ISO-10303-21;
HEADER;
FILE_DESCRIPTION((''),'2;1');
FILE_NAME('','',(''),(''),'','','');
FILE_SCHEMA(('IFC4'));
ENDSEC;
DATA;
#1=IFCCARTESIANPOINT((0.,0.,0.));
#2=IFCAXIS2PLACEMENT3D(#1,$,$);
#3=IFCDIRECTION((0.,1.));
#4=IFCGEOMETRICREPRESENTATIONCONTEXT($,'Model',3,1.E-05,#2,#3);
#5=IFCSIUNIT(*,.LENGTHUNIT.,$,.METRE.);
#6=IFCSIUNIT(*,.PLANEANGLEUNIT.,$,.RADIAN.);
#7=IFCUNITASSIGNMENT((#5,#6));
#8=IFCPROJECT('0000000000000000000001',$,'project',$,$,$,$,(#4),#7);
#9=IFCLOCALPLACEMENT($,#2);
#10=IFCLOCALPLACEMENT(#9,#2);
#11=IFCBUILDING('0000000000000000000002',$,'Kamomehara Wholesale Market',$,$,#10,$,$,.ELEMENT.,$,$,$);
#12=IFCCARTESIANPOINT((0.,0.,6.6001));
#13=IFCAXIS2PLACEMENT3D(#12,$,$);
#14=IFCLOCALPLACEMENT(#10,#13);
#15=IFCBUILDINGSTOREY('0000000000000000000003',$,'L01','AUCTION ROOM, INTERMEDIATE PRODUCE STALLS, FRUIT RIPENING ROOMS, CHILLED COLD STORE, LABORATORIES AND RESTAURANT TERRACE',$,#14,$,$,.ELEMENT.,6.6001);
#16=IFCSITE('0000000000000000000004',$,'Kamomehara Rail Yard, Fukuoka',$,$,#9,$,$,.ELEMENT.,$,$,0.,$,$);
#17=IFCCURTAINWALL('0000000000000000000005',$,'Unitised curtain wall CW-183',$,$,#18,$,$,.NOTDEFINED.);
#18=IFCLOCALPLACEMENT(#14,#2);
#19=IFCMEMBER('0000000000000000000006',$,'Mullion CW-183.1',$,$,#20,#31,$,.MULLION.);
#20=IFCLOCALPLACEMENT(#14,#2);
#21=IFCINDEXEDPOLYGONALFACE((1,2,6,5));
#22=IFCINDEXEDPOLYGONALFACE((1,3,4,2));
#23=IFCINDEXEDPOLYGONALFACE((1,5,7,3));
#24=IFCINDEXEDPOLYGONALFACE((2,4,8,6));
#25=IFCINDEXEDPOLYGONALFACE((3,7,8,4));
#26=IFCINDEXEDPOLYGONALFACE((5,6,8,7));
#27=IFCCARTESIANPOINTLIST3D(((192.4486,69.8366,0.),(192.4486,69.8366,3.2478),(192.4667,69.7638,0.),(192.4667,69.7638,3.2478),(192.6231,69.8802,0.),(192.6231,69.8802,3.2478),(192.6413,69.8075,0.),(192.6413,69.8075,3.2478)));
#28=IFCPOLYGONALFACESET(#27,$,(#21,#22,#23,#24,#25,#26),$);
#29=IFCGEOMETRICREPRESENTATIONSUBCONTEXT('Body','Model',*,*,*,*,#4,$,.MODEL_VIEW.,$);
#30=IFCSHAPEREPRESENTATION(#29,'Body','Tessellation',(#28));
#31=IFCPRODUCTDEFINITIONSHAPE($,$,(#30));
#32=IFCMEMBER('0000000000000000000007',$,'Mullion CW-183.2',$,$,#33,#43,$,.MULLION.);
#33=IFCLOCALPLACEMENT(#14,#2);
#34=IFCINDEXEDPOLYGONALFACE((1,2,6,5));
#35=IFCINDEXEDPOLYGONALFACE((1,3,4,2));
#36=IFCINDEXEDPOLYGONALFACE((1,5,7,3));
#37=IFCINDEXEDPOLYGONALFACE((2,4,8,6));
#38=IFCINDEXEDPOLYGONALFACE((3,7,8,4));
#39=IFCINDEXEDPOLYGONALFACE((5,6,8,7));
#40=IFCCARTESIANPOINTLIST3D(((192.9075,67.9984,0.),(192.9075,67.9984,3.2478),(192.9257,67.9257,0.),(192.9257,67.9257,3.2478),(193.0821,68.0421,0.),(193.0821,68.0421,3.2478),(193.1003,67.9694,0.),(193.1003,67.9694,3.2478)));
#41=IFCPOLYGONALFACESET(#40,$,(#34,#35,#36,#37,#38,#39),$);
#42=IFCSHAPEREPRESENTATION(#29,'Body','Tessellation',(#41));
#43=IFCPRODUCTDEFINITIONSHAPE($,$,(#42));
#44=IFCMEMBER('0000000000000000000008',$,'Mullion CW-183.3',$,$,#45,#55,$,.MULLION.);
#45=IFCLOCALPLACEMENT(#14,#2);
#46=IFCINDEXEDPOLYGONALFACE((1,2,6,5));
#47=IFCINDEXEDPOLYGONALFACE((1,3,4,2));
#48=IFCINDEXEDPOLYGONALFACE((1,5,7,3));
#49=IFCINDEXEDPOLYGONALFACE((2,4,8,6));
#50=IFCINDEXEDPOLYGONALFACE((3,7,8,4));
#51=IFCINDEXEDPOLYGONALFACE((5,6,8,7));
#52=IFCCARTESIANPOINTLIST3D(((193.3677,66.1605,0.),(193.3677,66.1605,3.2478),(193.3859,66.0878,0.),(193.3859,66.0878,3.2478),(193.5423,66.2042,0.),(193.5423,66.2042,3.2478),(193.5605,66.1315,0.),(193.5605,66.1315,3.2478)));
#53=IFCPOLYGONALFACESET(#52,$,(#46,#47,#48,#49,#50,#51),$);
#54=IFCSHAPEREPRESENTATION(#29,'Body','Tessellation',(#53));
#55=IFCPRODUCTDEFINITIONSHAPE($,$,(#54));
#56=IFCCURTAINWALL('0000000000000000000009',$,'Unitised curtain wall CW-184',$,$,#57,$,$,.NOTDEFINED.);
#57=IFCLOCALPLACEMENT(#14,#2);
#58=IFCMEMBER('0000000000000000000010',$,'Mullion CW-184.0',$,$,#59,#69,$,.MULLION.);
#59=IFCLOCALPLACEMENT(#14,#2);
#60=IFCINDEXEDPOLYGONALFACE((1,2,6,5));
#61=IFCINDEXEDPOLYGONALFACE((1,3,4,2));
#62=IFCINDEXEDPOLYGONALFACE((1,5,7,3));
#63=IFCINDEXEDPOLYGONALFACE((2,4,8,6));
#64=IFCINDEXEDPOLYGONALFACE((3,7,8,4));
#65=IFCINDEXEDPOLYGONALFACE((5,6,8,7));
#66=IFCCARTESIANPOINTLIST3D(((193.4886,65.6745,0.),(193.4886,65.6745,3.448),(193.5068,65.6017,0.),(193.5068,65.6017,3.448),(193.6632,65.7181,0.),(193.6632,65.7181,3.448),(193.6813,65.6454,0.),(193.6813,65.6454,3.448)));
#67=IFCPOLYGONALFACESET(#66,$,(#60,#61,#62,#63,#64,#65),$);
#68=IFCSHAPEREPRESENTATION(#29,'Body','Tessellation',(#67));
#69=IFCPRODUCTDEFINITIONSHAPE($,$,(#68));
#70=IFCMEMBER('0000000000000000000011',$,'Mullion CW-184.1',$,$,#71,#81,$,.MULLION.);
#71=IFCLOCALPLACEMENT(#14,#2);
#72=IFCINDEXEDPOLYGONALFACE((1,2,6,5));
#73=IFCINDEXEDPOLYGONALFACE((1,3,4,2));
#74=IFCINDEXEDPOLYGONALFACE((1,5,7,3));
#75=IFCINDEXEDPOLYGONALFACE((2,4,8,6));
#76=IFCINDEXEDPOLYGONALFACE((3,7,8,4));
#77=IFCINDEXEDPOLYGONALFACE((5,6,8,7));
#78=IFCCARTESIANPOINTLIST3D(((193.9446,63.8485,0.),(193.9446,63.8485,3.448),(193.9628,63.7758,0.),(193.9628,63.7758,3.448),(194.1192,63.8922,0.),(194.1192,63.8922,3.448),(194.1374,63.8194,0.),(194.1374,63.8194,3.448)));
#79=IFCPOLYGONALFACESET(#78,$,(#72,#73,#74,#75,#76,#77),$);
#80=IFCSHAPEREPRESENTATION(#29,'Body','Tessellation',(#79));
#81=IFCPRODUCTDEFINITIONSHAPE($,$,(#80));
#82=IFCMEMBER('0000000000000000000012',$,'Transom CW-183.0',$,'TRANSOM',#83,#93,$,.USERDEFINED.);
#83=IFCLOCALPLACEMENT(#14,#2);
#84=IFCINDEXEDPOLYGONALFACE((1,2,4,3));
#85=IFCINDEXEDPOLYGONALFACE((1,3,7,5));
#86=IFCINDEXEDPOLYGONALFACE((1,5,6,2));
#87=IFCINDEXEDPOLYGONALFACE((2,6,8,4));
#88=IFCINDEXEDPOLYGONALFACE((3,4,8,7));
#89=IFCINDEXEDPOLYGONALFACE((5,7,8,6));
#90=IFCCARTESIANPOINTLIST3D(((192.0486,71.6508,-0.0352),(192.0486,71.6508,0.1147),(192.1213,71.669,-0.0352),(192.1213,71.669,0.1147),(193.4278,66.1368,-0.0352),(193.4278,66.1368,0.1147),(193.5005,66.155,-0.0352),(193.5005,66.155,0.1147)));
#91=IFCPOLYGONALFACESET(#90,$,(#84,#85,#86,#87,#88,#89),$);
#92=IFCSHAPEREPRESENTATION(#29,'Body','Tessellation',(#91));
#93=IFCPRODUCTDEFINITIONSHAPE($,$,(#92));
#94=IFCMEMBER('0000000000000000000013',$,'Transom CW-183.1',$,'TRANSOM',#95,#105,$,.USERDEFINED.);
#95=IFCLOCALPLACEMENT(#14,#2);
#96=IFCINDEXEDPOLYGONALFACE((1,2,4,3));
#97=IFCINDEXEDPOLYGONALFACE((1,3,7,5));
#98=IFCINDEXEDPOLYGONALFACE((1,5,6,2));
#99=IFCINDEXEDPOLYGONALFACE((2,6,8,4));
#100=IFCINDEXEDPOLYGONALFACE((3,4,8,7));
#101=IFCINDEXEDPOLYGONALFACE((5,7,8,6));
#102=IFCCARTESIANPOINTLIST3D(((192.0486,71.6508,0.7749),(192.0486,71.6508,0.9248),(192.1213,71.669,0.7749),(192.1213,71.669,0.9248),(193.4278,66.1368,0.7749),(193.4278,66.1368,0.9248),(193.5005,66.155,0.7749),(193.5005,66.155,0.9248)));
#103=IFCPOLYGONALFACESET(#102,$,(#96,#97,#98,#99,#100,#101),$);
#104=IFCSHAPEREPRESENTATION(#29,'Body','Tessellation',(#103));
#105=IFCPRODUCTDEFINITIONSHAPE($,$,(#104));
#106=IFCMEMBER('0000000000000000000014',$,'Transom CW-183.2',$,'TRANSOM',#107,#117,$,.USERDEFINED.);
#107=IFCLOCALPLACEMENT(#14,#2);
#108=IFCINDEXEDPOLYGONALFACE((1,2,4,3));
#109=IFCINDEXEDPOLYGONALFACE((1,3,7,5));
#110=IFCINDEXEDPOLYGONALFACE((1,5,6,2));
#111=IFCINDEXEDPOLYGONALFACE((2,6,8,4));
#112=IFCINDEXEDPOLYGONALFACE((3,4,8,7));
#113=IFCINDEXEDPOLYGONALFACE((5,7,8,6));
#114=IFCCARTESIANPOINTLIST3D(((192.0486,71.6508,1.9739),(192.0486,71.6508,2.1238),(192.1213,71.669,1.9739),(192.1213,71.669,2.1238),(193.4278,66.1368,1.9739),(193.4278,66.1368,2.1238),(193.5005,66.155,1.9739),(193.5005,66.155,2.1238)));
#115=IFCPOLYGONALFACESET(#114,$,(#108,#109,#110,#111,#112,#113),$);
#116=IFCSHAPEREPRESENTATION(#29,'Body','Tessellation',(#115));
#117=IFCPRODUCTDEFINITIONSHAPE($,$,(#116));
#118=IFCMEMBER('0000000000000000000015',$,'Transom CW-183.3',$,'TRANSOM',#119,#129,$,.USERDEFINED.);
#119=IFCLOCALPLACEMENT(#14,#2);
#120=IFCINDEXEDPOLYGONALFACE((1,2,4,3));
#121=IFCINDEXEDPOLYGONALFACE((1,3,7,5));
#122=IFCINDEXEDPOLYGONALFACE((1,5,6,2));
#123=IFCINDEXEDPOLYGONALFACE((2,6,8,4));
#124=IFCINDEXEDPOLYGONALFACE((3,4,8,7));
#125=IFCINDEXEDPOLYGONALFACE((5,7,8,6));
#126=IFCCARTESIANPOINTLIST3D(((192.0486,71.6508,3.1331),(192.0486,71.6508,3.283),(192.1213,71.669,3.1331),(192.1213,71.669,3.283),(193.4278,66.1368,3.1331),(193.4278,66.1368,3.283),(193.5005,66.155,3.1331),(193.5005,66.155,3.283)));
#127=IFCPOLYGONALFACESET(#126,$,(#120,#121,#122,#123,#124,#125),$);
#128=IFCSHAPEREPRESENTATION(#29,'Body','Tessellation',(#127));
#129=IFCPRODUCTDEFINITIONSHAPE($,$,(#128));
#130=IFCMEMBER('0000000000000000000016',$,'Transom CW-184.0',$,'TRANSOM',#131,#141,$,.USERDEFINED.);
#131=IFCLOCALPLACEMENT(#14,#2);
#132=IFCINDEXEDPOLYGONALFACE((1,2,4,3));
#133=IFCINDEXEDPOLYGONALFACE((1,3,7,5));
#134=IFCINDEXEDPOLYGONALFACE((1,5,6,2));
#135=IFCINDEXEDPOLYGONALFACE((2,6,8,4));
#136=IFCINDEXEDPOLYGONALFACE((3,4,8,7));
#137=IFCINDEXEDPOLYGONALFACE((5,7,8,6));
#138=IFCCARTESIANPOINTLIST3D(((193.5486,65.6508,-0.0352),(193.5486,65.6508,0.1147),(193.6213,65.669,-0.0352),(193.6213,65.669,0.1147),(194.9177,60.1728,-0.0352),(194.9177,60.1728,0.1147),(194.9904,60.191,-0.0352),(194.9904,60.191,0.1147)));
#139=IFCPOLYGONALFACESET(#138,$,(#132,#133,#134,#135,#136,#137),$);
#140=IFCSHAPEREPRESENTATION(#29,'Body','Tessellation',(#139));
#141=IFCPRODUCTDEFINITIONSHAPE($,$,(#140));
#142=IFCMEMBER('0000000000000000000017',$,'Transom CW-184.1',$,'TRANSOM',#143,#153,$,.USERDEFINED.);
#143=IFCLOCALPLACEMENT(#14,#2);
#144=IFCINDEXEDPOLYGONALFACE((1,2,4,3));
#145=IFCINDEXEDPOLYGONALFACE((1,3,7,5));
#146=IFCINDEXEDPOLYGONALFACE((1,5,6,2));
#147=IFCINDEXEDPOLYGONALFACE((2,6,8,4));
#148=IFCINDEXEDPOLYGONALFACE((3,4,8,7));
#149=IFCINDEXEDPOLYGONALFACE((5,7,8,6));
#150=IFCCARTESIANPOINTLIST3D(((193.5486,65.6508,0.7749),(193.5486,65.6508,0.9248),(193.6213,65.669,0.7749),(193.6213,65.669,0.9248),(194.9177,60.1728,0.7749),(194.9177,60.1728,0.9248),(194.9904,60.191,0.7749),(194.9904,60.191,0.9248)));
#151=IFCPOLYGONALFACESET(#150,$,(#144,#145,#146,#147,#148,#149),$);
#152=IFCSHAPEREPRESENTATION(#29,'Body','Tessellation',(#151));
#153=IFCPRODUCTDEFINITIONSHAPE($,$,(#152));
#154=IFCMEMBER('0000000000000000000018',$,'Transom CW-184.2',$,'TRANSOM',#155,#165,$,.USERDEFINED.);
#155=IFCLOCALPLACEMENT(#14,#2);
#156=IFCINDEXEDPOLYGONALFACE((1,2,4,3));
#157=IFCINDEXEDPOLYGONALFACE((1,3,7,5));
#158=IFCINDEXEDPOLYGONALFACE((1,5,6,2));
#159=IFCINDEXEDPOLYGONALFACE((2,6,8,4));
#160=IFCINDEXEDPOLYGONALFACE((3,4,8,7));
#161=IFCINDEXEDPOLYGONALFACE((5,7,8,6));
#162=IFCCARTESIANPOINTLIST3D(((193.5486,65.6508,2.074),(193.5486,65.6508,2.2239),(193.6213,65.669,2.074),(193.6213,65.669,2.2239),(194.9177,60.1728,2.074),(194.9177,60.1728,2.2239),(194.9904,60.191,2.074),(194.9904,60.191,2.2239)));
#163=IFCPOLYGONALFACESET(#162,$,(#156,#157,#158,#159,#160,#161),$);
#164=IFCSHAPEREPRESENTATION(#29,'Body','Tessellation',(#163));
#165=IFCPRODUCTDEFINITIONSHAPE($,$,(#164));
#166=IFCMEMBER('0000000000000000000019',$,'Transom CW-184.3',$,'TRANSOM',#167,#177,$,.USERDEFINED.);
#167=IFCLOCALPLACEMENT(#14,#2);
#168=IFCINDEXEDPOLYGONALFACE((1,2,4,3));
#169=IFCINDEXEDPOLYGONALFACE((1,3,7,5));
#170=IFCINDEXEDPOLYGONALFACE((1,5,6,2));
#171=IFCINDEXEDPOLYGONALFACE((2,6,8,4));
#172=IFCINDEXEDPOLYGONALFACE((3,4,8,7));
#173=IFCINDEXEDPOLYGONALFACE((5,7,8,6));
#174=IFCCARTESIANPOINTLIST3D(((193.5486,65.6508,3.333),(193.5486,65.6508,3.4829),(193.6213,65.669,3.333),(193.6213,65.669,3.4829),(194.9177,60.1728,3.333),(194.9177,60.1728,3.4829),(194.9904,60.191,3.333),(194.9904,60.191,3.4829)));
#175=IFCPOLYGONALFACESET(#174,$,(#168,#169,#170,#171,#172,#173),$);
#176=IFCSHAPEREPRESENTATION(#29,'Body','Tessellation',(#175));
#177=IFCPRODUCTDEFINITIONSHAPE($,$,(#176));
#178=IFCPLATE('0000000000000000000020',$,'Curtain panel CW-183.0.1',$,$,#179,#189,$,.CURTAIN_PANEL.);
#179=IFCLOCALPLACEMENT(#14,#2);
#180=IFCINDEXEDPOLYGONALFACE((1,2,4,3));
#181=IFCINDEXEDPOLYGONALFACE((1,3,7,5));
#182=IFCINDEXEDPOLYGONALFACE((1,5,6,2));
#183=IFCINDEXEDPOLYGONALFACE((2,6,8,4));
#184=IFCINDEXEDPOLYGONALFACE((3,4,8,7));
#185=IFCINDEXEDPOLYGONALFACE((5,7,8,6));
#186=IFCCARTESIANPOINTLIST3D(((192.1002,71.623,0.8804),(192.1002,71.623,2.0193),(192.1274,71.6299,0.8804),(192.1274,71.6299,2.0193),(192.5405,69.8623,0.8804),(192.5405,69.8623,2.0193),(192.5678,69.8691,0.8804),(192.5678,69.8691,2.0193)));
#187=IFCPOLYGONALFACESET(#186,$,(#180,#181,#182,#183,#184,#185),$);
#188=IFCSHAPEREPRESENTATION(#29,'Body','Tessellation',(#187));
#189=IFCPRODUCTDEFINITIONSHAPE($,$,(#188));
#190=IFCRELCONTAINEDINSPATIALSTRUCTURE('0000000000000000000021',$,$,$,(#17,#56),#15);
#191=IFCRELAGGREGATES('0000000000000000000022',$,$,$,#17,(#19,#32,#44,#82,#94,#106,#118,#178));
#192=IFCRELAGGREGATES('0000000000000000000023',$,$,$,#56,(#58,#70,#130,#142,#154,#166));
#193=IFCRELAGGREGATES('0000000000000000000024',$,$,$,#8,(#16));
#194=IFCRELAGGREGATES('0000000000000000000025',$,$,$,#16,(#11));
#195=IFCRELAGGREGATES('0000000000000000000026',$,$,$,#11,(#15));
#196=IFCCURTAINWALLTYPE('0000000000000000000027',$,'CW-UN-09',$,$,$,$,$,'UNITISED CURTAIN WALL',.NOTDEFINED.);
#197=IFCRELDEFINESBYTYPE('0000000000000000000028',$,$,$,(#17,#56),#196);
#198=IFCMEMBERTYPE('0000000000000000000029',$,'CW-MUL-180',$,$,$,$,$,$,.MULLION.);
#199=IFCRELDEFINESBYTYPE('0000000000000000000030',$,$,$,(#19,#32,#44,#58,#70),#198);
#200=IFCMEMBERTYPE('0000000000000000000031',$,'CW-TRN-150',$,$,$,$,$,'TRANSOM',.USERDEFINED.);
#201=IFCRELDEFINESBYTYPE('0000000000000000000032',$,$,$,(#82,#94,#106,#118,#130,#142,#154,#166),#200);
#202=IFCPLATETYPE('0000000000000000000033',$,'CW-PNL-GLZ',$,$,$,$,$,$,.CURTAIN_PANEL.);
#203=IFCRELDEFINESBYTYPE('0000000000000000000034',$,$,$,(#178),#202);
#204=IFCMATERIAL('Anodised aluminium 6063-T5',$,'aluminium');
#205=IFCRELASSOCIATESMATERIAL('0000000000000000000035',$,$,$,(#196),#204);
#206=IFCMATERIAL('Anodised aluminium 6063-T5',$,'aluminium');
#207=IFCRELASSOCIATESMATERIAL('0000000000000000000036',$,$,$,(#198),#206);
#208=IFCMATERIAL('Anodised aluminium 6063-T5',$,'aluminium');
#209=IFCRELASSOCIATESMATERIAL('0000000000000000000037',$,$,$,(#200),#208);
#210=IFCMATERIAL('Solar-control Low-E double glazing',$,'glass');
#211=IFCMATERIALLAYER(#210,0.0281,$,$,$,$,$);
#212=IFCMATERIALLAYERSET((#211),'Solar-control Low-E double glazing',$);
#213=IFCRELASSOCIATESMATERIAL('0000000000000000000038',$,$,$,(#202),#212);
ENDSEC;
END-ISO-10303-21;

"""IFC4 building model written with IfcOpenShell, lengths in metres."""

from ifc_helpers import new_model, si_unit, direction, frame, origin, origin_2d, place, context, subcontext, project, spatial, rectangle, extrude, material, layer, layer_set, material_profile, profile_set, type_object, element, aggregate, save


model = new_model("IFC4")

# Units and contexts
model_context = context("Model", 3, precision=1e-05, world=origin(), true_north=direction((0.0, 1.0)))
body_context = subcontext(model_context, "Body", "Model", "MODEL_VIEW")
ifc_project = project(units=[si_unit("LENGTHUNIT", "METRE"), si_unit("PLANEANGLEUNIT", "RADIAN")], contexts=[model_context])

# Site, building, storey
site_placement = place(None, origin())
site = spatial("IfcSite", under=ifc_project, at=site_placement, Name="Kamomehara Rail Yard, Fukuoka", CompositionType="ELEMENT", RefElevation=0.0)
building_placement = place(site_placement, origin())
building = spatial("IfcBuilding", under=site, at=building_placement, Name="Kamomehara Wholesale Market", CompositionType="ELEMENT")
storey_placement = place(building_placement, frame((0.0, 0.0, 6.6001)))
storey = spatial("IfcBuildingStorey", under=building, at=storey_placement, Name="L01", Description="AUCTION ROOM, INTERMEDIATE PRODUCE STALLS, FRUIT RIPENING ROOMS, CHILLED COLD STORE, LABORATORIES AND RESTAURANT TERRACE", CompositionType="ELEMENT", Elevation=6.6001)

# Curtain walls, members
ifc_material_1 = material(Name="Anodised aluminium 6063-T5", Category="aluminium")
curtain_wall_type = type_object("IfcCurtainWallType", Name="CW-UN-09", ElementType="UNITISED CURTAIN WALL", PredefinedType="NOTDEFINED", material=ifc_material_1)
curtain_wall_1_placement = place(storey_placement, origin())
curtain_wall_1 = element("IfcCurtainWall", 1, at=curtain_wall_1_placement, inside=storey, type_object=curtain_wall_type, Name="Unitised curtain wall CW-183", PredefinedType="NOTDEFINED")
ifc_material_2 = material(Name="Anodised aluminium 6063-T5", Category="aluminium")
ifc_material_profile_1 = material_profile(ifc_material_2, rectangle(XDim=0.075, YDim=0.1799, at=origin_2d()), Name="ALU-MUL-75x180")
ifc_profile_set_1 = profile_set([ifc_material_profile_1], Name="Anodised aluminium 6063-T5")
member_type_1 = type_object("IfcMemberType", Name="CW-MUL-180", PredefinedType="MULLION", material=ifc_profile_set_1)
member_1_placement = place(storey_placement, frame((192.5449, 69.822, 0.0), z_axis=(0.0, 0.0, 1.0), x_axis=(0.242618, -0.970122, 0.0)))
member_1 = element("IfcMember", 2, at=member_1_placement, type_object=member_type_1, Name="Mullion CW-183.1", PredefinedType="MULLION", context=body_context, shape_type="SweptSolid", body=[
    extrude(rectangle(XDim=0.075, YDim=0.1799, at=origin_2d()), origin(), (0.0, 0.0, 1.0), 3.2478),
])
member_2_placement = place(storey_placement, frame((193.0039, 67.9839, 0.0), z_axis=(0.0, 0.0, 1.0), x_axis=(0.242618, -0.970122, 0.0)))
member_2 = element("IfcMember", 3, at=member_2_placement, type_object=member_type_1, Name="Mullion CW-183.2", PredefinedType="MULLION", context=body_context, shape_type="SweptSolid", body=[
    extrude(rectangle(XDim=0.075, YDim=0.1799, at=origin_2d()), origin(), (0.0, 0.0, 1.0), 3.2478),
])
member_3_placement = place(storey_placement, frame((193.4641, 66.146, 0.0), z_axis=(0.0, 0.0, 1.0), x_axis=(0.242618, -0.970122, 0.0)))
member_3 = element("IfcMember", 4, at=member_3_placement, type_object=member_type_1, Name="Mullion CW-183.3", PredefinedType="MULLION", context=body_context, shape_type="SweptSolid", body=[
    extrude(rectangle(XDim=0.075, YDim=0.1799, at=origin_2d()), origin(), (0.0, 0.0, 1.0), 3.2478),
])
curtain_wall_2_placement = place(storey_placement, origin())
curtain_wall_2 = element("IfcCurtainWall", 5, at=curtain_wall_2_placement, inside=storey, type_object=curtain_wall_type, Name="Unitised curtain wall CW-184", PredefinedType="NOTDEFINED")
member_4_placement = place(storey_placement, frame((193.585, 65.6599, 0.0), z_axis=(0.0, 0.0, 1.0), x_axis=(0.242452, -0.970163, 0.0)))
member_4 = element("IfcMember", 6, at=member_4_placement, type_object=member_type_1, Name="Mullion CW-184.0", PredefinedType="MULLION", context=body_context, shape_type="SweptSolid", body=[
    extrude(rectangle(XDim=0.075, YDim=0.1799, at=origin_2d()), origin(), (0.0, 0.0, 1.0), 3.448),
])
member_5_placement = place(storey_placement, frame((194.041, 63.834, 0.0), z_axis=(0.0, 0.0, 1.0), x_axis=(0.242452, -0.970163, 0.0)))
member_5 = element("IfcMember", 7, at=member_5_placement, type_object=member_type_1, Name="Mullion CW-184.1", PredefinedType="MULLION", context=body_context, shape_type="SweptSolid", body=[
    extrude(rectangle(XDim=0.075, YDim=0.1799, at=origin_2d()), origin(), (0.0, 0.0, 1.0), 3.448),
])

# Members
ifc_material_3 = material(Name="Anodised aluminium 6063-T5", Category="aluminium")
ifc_material_profile_2 = material_profile(ifc_material_3, rectangle(XDim=0.075, YDim=0.1499, at=origin_2d()), Name="ALU-TRN-75x150")
ifc_profile_set_2 = profile_set([ifc_material_profile_2], Name="Anodised aluminium 6063-T5")
member_type_2 = type_object("IfcMemberType", Name="CW-TRN-150", ElementType="TRANSOM", PredefinedType="USERDEFINED", material=ifc_profile_set_2)
member_6_placement = place(storey_placement, frame((192.085, 71.6599, 0.0398), z_axis=(0.242647, -0.970115, 0.0), x_axis=(0.970115, 0.242647, 0.0)))
member_6 = element("IfcMember", 8, at=member_6_placement, type_object=member_type_2, Name="Transom CW-183.0", ObjectType="TRANSOM", PredefinedType="USERDEFINED", context=body_context, shape_type="SweptSolid", body=[
    extrude(rectangle(XDim=0.075, YDim=0.1499, at=origin_2d()), origin(), (0.0, 0.0, 1.0), 5.6838),
])
member_7_placement = place(storey_placement, frame((192.085, 71.6599, 0.8499), z_axis=(0.242647, -0.970115, 0.0), x_axis=(0.970115, 0.242647, 0.0)))
member_7 = element("IfcMember", 9, at=member_7_placement, type_object=member_type_2, Name="Transom CW-183.1", ObjectType="TRANSOM", PredefinedType="USERDEFINED", context=body_context, shape_type="SweptSolid", body=[
    extrude(rectangle(XDim=0.075, YDim=0.1499, at=origin_2d()), origin(), (0.0, 0.0, 1.0), 5.6838),
])
member_8_placement = place(storey_placement, frame((192.085, 71.6599, 2.0488), z_axis=(0.242647, -0.970115, 0.0), x_axis=(0.970115, 0.242647, 0.0)))
member_8 = element("IfcMember", 10, at=member_8_placement, type_object=member_type_2, Name="Transom CW-183.2", ObjectType="TRANSOM", PredefinedType="USERDEFINED", context=body_context, shape_type="SweptSolid", body=[
    extrude(rectangle(XDim=0.075, YDim=0.1499, at=origin_2d()), origin(), (0.0, 0.0, 1.0), 5.6838),
])
member_9_placement = place(storey_placement, frame((192.085, 71.6599, 3.208), z_axis=(0.242647, -0.970115, 0.0), x_axis=(0.970115, 0.242647, 0.0)))
member_9 = element("IfcMember", 11, at=member_9_placement, type_object=member_type_2, Name="Transom CW-183.3", ObjectType="TRANSOM", PredefinedType="USERDEFINED", context=body_context, shape_type="SweptSolid", body=[
    extrude(rectangle(XDim=0.075, YDim=0.1499, at=origin_2d()), origin(), (0.0, 0.0, 1.0), 5.6838),
])
member_10_placement = place(storey_placement, frame((193.585, 65.6599, 0.0398), z_axis=(0.242475, -0.970158, 0.0), x_axis=(0.970158, 0.242475, 0.0)))
member_10 = element("IfcMember", 12, at=member_10_placement, type_object=member_type_2, Name="Transom CW-184.0", ObjectType="TRANSOM", PredefinedType="USERDEFINED", context=body_context, shape_type="SweptSolid", body=[
    extrude(rectangle(XDim=0.075, YDim=0.1499, at=origin_2d()), origin(), (0.0, 0.0, 1.0), 5.6465),
])
member_11_placement = place(storey_placement, frame((193.585, 65.6599, 0.8499), z_axis=(0.242475, -0.970158, 0.0), x_axis=(0.970158, 0.242475, 0.0)))
member_11 = element("IfcMember", 13, at=member_11_placement, type_object=member_type_2, Name="Transom CW-184.1", ObjectType="TRANSOM", PredefinedType="USERDEFINED", context=body_context, shape_type="SweptSolid", body=[
    extrude(rectangle(XDim=0.075, YDim=0.1499, at=origin_2d()), origin(), (0.0, 0.0, 1.0), 5.6465),
])
member_12_placement = place(storey_placement, frame((193.585, 65.6599, 2.1489), z_axis=(0.242475, -0.970158, 0.0), x_axis=(0.970158, 0.242475, 0.0)))
member_12 = element("IfcMember", 14, at=member_12_placement, type_object=member_type_2, Name="Transom CW-184.2", ObjectType="TRANSOM", PredefinedType="USERDEFINED", context=body_context, shape_type="SweptSolid", body=[
    extrude(rectangle(XDim=0.075, YDim=0.1499, at=origin_2d()), origin(), (0.0, 0.0, 1.0), 5.6465),
])
member_13_placement = place(storey_placement, frame((193.585, 65.6599, 3.408), z_axis=(0.242475, -0.970158, 0.0), x_axis=(0.970158, 0.242475, 0.0)))
member_13 = element("IfcMember", 15, at=member_13_placement, type_object=member_type_2, Name="Transom CW-184.3", ObjectType="TRANSOM", PredefinedType="USERDEFINED", context=body_context, shape_type="SweptSolid", body=[
    extrude(rectangle(XDim=0.075, YDim=0.1499, at=origin_2d()), origin(), (0.0, 0.0, 1.0), 5.6465),
])

# Plate
ifc_material_4 = material(Name="Solar-control Low-E double glazing", Category="glass")
ifc_layer_1 = layer(ifc_material_4, 0.0281)
ifc_layer_set_1 = layer_set([ifc_layer_1], Name="Solar-control Low-E double glazing")
plate_type_1 = type_object("IfcPlateType", Name="CW-PNL-GLZ", PredefinedType="CURTAIN_PANEL", material=ifc_layer_set_1)
plate_1_placement = place(storey_placement, frame((192.334, 70.7461, 0.8804), z_axis=(0.0, 0.0, 1.0), x_axis=(0.242616, -0.970122, 0.0)))
plate_1 = element("IfcPlate", 16, at=plate_1_placement, type_object=plate_type_1, Name="Curtain panel CW-183.0.1", PredefinedType="CURTAIN_PANEL", context=body_context, shape_type="SweptSolid", body=[
    extrude(rectangle(XDim=1.8149, YDim=0.0281, at=origin_2d()), origin(), (0.0, 0.0, 1.0), 1.1389),
])
aggregate(curtain_wall_1, [member_1, member_2, member_3, member_6, member_7, member_8, member_9, plate_1])
aggregate(curtain_wall_2, [member_4, member_5, member_10, member_11, member_12, member_13])

save(model, "model.ifc")
